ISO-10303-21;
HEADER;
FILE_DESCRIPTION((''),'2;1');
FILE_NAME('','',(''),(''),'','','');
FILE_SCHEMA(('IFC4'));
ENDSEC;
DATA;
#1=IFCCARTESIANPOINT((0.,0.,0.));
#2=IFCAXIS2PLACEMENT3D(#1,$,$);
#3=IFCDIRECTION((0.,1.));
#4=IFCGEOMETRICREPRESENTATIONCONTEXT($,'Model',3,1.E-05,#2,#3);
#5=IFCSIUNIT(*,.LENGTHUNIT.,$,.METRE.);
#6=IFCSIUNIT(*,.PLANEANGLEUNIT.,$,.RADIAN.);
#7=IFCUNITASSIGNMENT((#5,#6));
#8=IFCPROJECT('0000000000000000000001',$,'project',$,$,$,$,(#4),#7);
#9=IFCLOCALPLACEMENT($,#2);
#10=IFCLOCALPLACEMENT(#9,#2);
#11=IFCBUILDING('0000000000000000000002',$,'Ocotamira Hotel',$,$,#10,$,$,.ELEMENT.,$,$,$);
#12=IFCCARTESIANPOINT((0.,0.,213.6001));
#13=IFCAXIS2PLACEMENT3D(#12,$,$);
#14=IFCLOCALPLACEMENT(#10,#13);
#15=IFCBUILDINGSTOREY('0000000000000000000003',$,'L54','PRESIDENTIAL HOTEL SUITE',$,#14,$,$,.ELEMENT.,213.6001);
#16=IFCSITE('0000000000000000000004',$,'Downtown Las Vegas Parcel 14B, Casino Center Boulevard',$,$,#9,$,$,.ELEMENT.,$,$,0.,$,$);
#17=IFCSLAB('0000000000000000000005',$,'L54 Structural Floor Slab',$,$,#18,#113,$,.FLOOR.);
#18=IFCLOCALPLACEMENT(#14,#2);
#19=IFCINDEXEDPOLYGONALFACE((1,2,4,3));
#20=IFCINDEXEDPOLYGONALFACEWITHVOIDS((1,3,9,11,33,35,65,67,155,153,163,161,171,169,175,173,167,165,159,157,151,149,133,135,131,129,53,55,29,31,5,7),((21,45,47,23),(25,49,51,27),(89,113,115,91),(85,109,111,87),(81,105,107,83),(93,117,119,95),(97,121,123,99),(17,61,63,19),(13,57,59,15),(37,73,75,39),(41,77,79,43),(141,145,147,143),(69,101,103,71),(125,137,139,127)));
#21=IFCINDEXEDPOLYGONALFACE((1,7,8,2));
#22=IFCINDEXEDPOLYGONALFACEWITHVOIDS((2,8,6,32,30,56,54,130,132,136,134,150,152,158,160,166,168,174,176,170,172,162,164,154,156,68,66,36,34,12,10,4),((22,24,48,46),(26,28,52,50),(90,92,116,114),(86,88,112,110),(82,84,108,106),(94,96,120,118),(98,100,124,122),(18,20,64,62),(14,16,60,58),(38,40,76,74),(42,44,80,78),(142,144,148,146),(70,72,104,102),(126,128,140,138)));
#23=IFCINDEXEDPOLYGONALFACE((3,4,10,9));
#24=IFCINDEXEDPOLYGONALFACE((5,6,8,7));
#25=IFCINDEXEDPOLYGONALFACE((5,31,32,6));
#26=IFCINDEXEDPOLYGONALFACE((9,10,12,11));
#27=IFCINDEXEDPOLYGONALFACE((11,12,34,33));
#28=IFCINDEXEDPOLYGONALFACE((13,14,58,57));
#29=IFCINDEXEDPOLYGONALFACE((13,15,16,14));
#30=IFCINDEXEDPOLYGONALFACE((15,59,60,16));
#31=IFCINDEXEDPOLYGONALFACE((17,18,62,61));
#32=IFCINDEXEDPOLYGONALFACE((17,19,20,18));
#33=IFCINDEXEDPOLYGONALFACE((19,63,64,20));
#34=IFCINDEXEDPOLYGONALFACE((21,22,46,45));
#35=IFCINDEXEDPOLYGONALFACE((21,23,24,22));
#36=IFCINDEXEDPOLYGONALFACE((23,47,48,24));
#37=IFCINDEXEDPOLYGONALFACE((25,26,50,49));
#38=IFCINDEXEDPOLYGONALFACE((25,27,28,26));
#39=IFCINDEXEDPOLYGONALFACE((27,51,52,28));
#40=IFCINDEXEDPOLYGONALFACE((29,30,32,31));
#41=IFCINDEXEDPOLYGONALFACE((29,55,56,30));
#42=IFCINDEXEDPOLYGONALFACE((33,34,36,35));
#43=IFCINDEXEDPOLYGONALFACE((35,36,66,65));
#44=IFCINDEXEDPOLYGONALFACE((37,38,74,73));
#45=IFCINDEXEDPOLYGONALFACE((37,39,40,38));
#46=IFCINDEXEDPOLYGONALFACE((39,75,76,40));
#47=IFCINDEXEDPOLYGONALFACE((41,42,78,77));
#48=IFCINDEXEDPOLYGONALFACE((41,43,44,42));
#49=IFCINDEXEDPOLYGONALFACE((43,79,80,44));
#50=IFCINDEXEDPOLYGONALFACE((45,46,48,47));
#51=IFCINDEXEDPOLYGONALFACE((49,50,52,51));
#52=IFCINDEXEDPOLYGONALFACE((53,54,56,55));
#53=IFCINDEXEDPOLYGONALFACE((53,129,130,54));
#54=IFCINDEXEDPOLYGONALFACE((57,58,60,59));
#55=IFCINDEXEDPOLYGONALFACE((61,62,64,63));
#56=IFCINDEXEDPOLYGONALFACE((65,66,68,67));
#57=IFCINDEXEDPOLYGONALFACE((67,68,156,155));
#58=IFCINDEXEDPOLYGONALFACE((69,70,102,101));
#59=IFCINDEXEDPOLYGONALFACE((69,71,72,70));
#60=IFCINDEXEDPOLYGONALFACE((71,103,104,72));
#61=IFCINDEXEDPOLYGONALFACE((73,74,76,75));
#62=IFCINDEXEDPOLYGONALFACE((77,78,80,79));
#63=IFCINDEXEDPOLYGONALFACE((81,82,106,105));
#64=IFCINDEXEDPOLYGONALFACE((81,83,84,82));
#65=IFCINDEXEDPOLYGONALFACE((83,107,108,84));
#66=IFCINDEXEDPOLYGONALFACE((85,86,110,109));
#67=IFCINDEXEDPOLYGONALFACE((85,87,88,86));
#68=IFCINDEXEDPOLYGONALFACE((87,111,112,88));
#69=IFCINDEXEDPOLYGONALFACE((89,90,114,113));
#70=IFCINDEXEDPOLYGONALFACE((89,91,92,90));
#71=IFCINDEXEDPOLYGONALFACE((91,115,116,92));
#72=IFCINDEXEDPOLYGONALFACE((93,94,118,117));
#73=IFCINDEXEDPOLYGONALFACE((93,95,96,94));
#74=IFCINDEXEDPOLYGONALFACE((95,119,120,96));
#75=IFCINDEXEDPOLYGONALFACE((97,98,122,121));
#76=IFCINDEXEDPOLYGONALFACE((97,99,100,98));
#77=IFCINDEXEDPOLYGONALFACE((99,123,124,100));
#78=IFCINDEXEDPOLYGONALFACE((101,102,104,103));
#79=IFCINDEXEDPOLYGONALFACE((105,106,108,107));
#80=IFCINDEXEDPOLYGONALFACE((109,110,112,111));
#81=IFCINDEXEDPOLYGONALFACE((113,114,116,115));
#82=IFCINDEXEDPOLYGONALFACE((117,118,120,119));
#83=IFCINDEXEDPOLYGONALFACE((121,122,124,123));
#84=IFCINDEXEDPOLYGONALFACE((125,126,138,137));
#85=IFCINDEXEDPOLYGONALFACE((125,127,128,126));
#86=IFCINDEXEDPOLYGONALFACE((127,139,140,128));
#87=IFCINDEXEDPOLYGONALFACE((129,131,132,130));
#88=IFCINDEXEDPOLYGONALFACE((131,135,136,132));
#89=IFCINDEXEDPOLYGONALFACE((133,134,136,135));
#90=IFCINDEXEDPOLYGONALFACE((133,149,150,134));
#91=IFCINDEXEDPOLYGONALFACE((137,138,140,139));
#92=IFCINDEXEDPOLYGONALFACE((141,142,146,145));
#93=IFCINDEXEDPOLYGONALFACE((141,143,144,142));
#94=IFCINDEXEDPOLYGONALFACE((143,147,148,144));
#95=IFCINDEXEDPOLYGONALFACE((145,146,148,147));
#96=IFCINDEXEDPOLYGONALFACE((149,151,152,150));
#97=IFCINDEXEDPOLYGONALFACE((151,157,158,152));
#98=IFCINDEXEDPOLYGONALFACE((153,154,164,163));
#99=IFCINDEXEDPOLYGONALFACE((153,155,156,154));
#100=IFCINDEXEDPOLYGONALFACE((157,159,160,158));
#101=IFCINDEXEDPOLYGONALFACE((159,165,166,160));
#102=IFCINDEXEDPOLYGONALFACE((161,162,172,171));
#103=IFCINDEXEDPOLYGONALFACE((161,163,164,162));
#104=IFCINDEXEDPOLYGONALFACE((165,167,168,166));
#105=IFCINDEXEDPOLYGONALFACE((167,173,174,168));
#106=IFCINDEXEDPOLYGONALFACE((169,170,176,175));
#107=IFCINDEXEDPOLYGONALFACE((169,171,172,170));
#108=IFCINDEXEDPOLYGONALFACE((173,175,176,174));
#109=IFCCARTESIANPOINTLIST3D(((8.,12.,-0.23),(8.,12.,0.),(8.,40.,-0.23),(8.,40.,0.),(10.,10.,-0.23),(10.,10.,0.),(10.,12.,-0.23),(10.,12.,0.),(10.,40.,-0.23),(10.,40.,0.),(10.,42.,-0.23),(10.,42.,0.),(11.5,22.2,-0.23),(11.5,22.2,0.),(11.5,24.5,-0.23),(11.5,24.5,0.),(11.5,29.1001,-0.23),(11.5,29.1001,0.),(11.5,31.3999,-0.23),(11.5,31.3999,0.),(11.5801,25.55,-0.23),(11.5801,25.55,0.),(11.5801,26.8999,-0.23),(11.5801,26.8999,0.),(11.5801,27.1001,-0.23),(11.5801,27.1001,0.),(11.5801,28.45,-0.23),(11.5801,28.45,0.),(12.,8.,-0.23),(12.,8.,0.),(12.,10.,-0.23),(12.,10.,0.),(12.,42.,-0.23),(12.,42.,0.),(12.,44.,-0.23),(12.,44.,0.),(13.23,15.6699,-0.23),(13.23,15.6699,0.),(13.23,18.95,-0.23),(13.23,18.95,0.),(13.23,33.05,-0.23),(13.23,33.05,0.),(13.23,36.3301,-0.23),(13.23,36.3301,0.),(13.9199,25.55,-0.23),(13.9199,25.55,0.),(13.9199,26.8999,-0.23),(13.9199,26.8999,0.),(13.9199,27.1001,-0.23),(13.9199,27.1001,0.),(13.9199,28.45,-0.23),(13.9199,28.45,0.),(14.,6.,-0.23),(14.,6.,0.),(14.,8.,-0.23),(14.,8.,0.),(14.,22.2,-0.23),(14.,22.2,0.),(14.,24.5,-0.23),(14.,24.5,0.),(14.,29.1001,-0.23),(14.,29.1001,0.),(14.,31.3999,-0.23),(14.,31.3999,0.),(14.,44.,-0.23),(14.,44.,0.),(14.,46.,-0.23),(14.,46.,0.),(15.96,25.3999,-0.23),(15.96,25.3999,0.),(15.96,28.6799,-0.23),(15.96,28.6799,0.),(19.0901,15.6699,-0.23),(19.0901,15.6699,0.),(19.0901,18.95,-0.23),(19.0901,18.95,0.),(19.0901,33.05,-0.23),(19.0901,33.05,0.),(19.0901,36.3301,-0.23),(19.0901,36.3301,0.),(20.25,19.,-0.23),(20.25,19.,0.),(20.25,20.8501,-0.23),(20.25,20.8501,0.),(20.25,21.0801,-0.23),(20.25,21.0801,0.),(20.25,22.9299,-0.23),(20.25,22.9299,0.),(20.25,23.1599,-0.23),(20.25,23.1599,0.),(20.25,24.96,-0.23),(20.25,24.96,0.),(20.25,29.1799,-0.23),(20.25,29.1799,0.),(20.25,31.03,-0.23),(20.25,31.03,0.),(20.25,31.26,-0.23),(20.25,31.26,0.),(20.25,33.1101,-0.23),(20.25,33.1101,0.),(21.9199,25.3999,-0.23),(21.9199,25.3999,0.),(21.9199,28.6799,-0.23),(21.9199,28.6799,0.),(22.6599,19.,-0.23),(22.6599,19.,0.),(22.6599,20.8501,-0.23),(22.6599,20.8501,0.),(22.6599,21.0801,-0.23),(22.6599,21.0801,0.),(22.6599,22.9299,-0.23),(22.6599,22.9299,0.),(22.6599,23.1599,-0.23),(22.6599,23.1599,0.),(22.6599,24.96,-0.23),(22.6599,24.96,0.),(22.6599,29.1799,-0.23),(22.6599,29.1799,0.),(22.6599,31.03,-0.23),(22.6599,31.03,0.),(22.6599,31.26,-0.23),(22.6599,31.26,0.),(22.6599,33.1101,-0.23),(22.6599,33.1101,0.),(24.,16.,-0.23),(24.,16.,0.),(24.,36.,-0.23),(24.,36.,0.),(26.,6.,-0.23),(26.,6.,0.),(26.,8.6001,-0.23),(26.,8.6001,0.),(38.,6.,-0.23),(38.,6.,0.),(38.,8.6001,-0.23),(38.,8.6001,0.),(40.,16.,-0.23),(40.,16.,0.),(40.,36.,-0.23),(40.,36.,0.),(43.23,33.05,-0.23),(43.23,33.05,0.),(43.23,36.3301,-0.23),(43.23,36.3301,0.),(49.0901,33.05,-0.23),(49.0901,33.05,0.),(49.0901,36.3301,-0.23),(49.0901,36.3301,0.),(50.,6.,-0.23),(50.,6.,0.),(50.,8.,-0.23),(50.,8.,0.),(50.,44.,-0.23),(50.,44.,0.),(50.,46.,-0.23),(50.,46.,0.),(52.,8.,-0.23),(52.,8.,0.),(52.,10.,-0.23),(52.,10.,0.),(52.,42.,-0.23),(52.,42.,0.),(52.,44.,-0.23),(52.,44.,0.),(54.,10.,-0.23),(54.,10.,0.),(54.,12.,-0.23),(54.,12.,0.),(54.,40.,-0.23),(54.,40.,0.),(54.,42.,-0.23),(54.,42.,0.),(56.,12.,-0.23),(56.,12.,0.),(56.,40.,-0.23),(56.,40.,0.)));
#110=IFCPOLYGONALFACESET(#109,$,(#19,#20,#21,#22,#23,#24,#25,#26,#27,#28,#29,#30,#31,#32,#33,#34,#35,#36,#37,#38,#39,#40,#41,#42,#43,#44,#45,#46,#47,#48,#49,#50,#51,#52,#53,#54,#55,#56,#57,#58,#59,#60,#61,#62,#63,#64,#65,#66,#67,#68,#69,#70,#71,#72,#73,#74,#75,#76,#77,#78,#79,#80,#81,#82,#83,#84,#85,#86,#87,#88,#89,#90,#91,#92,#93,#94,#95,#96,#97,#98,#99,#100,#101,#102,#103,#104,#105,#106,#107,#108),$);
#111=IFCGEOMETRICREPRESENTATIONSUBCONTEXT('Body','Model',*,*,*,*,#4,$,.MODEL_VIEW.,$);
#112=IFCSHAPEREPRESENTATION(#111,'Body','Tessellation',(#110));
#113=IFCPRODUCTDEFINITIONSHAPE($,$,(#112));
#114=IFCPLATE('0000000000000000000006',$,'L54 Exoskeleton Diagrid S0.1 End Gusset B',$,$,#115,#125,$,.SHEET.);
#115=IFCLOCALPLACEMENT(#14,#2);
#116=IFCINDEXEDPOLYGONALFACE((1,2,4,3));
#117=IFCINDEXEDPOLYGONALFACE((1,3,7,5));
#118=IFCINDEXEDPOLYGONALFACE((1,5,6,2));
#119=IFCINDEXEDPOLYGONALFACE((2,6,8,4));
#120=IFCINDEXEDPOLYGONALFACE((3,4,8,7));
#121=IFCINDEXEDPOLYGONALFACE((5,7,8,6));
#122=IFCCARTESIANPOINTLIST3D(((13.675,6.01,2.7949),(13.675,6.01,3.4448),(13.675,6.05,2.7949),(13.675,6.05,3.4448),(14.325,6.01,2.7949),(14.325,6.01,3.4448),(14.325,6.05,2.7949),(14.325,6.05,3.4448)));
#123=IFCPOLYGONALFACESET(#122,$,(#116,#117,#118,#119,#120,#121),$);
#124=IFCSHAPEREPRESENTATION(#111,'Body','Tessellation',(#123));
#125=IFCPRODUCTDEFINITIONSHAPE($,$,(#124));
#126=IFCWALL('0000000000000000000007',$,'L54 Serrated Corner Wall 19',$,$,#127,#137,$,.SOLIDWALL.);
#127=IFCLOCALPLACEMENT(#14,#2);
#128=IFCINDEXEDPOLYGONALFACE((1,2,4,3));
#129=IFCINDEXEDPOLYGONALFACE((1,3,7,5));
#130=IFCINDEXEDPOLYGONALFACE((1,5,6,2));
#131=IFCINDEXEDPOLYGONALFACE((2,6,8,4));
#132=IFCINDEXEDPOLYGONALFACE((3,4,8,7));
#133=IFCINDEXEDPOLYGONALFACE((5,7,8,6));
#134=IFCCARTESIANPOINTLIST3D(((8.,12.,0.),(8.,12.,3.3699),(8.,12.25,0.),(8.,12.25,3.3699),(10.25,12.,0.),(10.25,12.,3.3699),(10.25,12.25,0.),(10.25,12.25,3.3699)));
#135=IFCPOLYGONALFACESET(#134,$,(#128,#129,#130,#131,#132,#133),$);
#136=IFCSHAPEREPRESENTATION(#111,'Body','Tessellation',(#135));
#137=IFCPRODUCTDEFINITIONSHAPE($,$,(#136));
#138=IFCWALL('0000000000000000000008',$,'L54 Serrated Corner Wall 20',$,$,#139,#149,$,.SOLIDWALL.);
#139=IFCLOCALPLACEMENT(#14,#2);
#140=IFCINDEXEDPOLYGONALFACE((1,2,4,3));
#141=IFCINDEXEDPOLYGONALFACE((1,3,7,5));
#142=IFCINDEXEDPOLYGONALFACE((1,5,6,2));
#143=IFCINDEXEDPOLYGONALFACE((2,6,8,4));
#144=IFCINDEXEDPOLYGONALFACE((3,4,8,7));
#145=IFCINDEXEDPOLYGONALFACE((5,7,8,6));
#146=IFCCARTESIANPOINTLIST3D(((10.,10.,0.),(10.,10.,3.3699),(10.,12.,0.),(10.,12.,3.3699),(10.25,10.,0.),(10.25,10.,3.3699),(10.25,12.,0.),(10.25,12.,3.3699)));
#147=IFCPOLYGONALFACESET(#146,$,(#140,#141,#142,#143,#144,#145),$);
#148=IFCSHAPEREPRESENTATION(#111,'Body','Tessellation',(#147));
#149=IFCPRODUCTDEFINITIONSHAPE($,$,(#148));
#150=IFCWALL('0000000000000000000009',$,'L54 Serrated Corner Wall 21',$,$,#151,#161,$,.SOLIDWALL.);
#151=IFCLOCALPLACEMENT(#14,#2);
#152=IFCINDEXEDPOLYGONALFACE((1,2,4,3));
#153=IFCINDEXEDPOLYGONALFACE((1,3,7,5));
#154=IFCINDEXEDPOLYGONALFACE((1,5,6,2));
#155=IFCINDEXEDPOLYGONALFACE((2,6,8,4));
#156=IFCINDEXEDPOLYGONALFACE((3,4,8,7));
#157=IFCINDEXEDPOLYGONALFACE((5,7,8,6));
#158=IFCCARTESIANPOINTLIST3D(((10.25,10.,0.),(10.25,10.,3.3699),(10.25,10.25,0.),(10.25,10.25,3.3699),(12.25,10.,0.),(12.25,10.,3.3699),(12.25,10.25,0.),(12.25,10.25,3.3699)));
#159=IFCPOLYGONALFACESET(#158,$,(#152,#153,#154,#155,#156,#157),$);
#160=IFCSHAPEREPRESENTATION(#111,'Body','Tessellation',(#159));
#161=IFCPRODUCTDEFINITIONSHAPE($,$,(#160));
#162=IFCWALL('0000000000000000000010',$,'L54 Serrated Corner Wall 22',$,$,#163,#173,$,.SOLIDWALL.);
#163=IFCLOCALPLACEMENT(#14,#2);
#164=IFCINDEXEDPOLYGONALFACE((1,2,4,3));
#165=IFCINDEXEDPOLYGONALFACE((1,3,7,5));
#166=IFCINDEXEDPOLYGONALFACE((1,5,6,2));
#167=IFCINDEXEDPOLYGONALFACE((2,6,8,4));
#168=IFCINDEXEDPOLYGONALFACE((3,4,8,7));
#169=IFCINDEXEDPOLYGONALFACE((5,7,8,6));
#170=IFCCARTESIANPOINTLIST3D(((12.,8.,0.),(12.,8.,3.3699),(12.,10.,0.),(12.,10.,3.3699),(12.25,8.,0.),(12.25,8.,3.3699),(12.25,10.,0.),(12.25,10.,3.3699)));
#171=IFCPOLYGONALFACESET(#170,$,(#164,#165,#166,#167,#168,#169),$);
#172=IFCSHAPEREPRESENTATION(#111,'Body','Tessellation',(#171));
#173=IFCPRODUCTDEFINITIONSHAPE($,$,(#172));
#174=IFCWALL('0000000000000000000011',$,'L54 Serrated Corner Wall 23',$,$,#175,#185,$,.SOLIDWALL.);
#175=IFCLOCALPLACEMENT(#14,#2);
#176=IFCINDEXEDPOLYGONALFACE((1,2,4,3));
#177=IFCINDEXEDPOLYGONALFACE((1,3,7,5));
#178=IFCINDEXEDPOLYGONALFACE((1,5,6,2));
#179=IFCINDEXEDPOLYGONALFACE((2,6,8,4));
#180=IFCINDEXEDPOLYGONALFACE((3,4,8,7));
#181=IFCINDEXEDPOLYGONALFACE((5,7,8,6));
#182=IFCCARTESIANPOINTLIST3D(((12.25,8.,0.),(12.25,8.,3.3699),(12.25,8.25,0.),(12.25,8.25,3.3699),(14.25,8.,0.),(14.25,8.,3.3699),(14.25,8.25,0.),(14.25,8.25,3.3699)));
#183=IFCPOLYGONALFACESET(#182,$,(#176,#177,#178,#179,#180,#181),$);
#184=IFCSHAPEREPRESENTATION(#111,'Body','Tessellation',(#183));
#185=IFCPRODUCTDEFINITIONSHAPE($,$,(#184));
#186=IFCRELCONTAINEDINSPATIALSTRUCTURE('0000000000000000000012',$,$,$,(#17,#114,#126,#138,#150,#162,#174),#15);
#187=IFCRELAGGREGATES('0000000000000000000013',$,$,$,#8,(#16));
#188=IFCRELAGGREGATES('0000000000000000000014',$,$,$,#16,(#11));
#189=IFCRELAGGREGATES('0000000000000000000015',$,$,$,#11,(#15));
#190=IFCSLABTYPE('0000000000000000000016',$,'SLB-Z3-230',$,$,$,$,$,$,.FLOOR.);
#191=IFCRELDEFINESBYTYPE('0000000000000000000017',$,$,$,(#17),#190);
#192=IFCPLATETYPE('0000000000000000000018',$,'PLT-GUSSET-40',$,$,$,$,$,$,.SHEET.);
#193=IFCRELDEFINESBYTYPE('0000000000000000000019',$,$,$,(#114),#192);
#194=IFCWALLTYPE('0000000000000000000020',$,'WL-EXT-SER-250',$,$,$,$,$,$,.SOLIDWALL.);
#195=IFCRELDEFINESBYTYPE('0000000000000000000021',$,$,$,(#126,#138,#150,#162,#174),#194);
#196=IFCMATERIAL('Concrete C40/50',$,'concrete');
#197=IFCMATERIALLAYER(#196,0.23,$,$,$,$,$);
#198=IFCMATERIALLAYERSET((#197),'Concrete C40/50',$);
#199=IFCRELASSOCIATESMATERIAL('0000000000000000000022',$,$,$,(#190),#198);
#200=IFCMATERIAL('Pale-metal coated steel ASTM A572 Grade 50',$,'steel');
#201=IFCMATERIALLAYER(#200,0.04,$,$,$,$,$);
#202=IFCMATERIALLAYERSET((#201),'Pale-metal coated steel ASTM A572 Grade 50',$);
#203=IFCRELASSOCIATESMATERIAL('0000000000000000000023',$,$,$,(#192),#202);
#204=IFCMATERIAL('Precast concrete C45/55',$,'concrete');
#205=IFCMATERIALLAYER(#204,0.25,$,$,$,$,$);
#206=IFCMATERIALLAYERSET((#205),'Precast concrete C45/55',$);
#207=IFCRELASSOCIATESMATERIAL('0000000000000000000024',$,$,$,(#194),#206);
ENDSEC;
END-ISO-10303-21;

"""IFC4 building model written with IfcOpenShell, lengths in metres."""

from ifc_helpers import new_model, si_unit, direction, frame, frame_2d, origin, origin_2d, place, context, subcontext, project, spatial, polyline, rectangle, outline, extrude, source, transform, mapped, material, layer, layer_set, type_object, element, save


model = new_model("IFC4")

# Units and contexts
model_context = context("Model", 3, precision=1e-05, world=origin(), true_north=direction((0.0, 1.0)))
body_context = subcontext(model_context, "Body", "Model", "MODEL_VIEW")
ifc_project = project(units=[si_unit("LENGTHUNIT", "METRE"), si_unit("PLANEANGLEUNIT", "RADIAN")], contexts=[model_context])

# Site, building, storey
site_placement = place(None, origin())
site = spatial("IfcSite", under=ifc_project, at=site_placement, Name="Downtown Las Vegas Parcel 14B, Casino Center Boulevard", CompositionType="ELEMENT", RefElevation=0.0)
building_placement = place(site_placement, origin())
building = spatial("IfcBuilding", under=site, at=building_placement, Name="Ocotamira Hotel", CompositionType="ELEMENT")
storey_placement = place(building_placement, frame((0.0, 0.0, 213.6001)))
storey = spatial("IfcBuildingStorey", under=building, at=storey_placement, Name="L54", Description="PRESIDENTIAL HOTEL SUITE", CompositionType="ELEMENT", Elevation=213.6001)

# Shared definitions
ifc_material_1 = material(Name="Concrete C40/50", Category="concrete")

# Slab
ifc_layer_1 = layer(ifc_material_1, 0.23)
ifc_layer_set_1 = layer_set([ifc_layer_1], Name="Concrete C40/50")
slab_type_1 = type_object("IfcSlabType", Name="SLB-Z3-230", PredefinedType="FLOOR", material=ifc_layer_set_1)
slab_1_placement = place(storey_placement, frame((0.0, 0.0, -0.23)))
element("IfcSlab", 1, at=slab_1_placement, inside=storey, type_object=slab_type_1, Name="L54 Structural Floor Slab", PredefinedType="FLOOR", context=body_context, shape_type="SweptSolid", body=[
    extrude(outline(polyline([(14.0, 6.0), (14.0, 8.0), (12.0, 8.0), (12.0, 10.0), (10.0, 10.0), (10.0, 12.0), (8.0, 12.0), (8.0, 40.0), (10.0, 40.0), (10.0, 42.0), (12.0, 42.0), (12.0, 44.0), (14.0, 44.0), (14.0, 46.0), (50.0, 46.0), (50.0, 44.0), (52.0, 44.0), (52.0, 42.0), (54.0, 42.0), (54.0, 40.0), (56.0, 40.0), (56.0, 12.0), (54.0, 12.0), (54.0, 10.0), (52.0, 10.0), (52.0, 8.0), (50.0, 8.0), (50.0, 6.0), (38.0, 6.0), (38.0, 8.6001), (26.0, 8.6001), (26.0, 6.0), (14.0, 6.0)]), holes=[polyline([(24.0, 16.0), (40.0, 16.0), (40.0, 36.0), (24.0, 36.0), (24.0, 16.0)]), polyline([(13.23, 15.6699), (19.0901, 15.6699), (19.0901, 18.95), (13.23, 18.95), (13.23, 15.6699)]), polyline([(13.23, 33.05), (19.0901, 33.05), (19.0901, 36.3301), (13.23, 36.3301), (13.23, 33.05)]), polyline([(15.96, 25.3999), (21.9199, 25.3999), (21.9199, 28.6799), (15.96, 28.6799), (15.96, 25.3999)]), polyline([(43.23, 33.05), (49.0901, 33.05), (49.0901, 36.3301), (43.23, 36.3301), (43.23, 33.05)]), polyline([(20.25, 19.0), (22.6599, 19.0), (22.6599, 20.8501), (20.25, 20.8501), (20.25, 19.0)]), polyline([(20.25, 21.0801), (22.6599, 21.0801), (22.6599, 22.9299), (20.25, 22.9299), (20.25, 21.0801)]), polyline([(20.25, 23.1599), (22.6599, 23.1599), (22.6599, 24.96), (20.25, 24.96), (20.25, 23.1599)]), polyline([(20.25, 29.1799), (22.6599, 29.1799), (22.6599, 31.03), (20.25, 31.03), (20.25, 29.1799)]), polyline([(20.25, 31.26), (22.6599, 31.26), (22.6599, 33.1101), (20.25, 33.1101), (20.25, 31.26)]), polyline([(11.5, 22.2), (14.0, 22.2), (14.0, 24.5), (11.5, 24.5), (11.5, 22.2)]), polyline([(11.5, 29.1001), (14.0, 29.1001), (14.0, 31.3999), (11.5, 31.3999), (11.5, 29.1001)]), polyline([(11.5801, 25.55), (13.9199, 25.55), (13.9199, 26.8999), (11.5801, 26.8999), (11.5801, 25.55)]), polyline([(11.5801, 27.1001), (13.9199, 27.1001), (13.9199, 28.45), (11.5801, 28.45), (11.5801, 27.1001)])]), origin(), (0.0, 0.0, 1.0), 0.23),
])

# Plate
ifc_material_2 = material(Name="Pale-metal coated steel ASTM A572 Grade 50", Category="steel")
ifc_layer_2 = layer(ifc_material_2, 0.04)
ifc_layer_set_2 = layer_set([ifc_layer_2], Name="Pale-metal coated steel ASTM A572 Grade 50")
plate_type = type_object("IfcPlateType", Name="PLT-GUSSET-40", PredefinedType="SHEET", material=ifc_layer_set_2)
shared_shape_1 = source(origin(), body_context, "Body", "SweptSolid", [
    extrude(rectangle(XDim=0.6499, YDim=0.04, at=origin_2d()), origin(), (0.0, 0.0, 1.0), 0.6499),
])
plate_placement = place(storey_placement, frame((14.0, 6.03, 2.7949), z_axis=(0.0, 0.0, 1.0), x_axis=(-1.0, 0.0, 0.0)))
element("IfcPlate", 2, at=plate_placement, inside=storey, type_object=plate_type, Name="L54 Exoskeleton Diagrid S0.1 End Gusset B", PredefinedType="SHEET", context=body_context, shape_type="MappedRepresentation", body=[
    mapped(shared_shape_1, transform((0.0, 0.0, 0.0), scale=1.0)),
])

# Walls
ifc_material_3 = material(Name="Precast concrete C45/55", Category="concrete")
ifc_layer_3 = layer(ifc_material_3, 0.25)
ifc_layer_set_3 = layer_set([ifc_layer_3], Name="Precast concrete C45/55")
wall_type_1 = type_object("IfcWallType", Name="WL-EXT-SER-250", PredefinedType="SOLIDWALL", material=ifc_layer_set_3)
wall_1_placement = place(storey_placement, frame((8.0, 12.125, 0.0), z_axis=(0.0, 0.0, 1.0), x_axis=(1.0, 0.0, 0.0)))
element("IfcWall", 3, at=wall_1_placement, inside=storey, type_object=wall_type_1, Name="L54 Serrated Corner Wall 19", PredefinedType="SOLIDWALL", context=body_context, shape_type="SweptSolid", body=[
    extrude(rectangle(XDim=2.25, YDim=0.25, at=frame_2d((1.125, 0.0))), origin(), (0.0, 0.0, 1.0), 3.3699),
])
for number, where, z_axis, x_axis, name in (
    (4, (10.125, 12.0, 0.0), (0.0, 0.0, 1.0), (0.0, -1.0, 0.0), "L54 Serrated Corner Wall 20"),
    (5, (10.25, 10.125, 0.0), (0.0, 0.0, 1.0), (1.0, 0.0, 0.0), "L54 Serrated Corner Wall 21"),
    (6, (12.125, 10.0, 0.0), (0.0, 0.0, 1.0), (0.0, -1.0, 0.0), "L54 Serrated Corner Wall 22"),
    (7, (12.25, 8.125, 0.0), (0.0, 0.0, 1.0), (1.0, 0.0, 0.0), "L54 Serrated Corner Wall 23"),
):
    element("IfcWall", number, at=place(storey_placement, frame(where, z_axis=z_axis, x_axis=x_axis)), inside=storey, type_object=wall_type_1, Name=name, PredefinedType="SOLIDWALL", context=body_context, shape_type="SweptSolid", body=[
        extrude(rectangle(XDim=2.0, YDim=0.25, at=frame_2d((1.0, 0.0))), origin(), (0.0, 0.0, 1.0), 3.3699),
    ])

save(model, "model.ifc")
